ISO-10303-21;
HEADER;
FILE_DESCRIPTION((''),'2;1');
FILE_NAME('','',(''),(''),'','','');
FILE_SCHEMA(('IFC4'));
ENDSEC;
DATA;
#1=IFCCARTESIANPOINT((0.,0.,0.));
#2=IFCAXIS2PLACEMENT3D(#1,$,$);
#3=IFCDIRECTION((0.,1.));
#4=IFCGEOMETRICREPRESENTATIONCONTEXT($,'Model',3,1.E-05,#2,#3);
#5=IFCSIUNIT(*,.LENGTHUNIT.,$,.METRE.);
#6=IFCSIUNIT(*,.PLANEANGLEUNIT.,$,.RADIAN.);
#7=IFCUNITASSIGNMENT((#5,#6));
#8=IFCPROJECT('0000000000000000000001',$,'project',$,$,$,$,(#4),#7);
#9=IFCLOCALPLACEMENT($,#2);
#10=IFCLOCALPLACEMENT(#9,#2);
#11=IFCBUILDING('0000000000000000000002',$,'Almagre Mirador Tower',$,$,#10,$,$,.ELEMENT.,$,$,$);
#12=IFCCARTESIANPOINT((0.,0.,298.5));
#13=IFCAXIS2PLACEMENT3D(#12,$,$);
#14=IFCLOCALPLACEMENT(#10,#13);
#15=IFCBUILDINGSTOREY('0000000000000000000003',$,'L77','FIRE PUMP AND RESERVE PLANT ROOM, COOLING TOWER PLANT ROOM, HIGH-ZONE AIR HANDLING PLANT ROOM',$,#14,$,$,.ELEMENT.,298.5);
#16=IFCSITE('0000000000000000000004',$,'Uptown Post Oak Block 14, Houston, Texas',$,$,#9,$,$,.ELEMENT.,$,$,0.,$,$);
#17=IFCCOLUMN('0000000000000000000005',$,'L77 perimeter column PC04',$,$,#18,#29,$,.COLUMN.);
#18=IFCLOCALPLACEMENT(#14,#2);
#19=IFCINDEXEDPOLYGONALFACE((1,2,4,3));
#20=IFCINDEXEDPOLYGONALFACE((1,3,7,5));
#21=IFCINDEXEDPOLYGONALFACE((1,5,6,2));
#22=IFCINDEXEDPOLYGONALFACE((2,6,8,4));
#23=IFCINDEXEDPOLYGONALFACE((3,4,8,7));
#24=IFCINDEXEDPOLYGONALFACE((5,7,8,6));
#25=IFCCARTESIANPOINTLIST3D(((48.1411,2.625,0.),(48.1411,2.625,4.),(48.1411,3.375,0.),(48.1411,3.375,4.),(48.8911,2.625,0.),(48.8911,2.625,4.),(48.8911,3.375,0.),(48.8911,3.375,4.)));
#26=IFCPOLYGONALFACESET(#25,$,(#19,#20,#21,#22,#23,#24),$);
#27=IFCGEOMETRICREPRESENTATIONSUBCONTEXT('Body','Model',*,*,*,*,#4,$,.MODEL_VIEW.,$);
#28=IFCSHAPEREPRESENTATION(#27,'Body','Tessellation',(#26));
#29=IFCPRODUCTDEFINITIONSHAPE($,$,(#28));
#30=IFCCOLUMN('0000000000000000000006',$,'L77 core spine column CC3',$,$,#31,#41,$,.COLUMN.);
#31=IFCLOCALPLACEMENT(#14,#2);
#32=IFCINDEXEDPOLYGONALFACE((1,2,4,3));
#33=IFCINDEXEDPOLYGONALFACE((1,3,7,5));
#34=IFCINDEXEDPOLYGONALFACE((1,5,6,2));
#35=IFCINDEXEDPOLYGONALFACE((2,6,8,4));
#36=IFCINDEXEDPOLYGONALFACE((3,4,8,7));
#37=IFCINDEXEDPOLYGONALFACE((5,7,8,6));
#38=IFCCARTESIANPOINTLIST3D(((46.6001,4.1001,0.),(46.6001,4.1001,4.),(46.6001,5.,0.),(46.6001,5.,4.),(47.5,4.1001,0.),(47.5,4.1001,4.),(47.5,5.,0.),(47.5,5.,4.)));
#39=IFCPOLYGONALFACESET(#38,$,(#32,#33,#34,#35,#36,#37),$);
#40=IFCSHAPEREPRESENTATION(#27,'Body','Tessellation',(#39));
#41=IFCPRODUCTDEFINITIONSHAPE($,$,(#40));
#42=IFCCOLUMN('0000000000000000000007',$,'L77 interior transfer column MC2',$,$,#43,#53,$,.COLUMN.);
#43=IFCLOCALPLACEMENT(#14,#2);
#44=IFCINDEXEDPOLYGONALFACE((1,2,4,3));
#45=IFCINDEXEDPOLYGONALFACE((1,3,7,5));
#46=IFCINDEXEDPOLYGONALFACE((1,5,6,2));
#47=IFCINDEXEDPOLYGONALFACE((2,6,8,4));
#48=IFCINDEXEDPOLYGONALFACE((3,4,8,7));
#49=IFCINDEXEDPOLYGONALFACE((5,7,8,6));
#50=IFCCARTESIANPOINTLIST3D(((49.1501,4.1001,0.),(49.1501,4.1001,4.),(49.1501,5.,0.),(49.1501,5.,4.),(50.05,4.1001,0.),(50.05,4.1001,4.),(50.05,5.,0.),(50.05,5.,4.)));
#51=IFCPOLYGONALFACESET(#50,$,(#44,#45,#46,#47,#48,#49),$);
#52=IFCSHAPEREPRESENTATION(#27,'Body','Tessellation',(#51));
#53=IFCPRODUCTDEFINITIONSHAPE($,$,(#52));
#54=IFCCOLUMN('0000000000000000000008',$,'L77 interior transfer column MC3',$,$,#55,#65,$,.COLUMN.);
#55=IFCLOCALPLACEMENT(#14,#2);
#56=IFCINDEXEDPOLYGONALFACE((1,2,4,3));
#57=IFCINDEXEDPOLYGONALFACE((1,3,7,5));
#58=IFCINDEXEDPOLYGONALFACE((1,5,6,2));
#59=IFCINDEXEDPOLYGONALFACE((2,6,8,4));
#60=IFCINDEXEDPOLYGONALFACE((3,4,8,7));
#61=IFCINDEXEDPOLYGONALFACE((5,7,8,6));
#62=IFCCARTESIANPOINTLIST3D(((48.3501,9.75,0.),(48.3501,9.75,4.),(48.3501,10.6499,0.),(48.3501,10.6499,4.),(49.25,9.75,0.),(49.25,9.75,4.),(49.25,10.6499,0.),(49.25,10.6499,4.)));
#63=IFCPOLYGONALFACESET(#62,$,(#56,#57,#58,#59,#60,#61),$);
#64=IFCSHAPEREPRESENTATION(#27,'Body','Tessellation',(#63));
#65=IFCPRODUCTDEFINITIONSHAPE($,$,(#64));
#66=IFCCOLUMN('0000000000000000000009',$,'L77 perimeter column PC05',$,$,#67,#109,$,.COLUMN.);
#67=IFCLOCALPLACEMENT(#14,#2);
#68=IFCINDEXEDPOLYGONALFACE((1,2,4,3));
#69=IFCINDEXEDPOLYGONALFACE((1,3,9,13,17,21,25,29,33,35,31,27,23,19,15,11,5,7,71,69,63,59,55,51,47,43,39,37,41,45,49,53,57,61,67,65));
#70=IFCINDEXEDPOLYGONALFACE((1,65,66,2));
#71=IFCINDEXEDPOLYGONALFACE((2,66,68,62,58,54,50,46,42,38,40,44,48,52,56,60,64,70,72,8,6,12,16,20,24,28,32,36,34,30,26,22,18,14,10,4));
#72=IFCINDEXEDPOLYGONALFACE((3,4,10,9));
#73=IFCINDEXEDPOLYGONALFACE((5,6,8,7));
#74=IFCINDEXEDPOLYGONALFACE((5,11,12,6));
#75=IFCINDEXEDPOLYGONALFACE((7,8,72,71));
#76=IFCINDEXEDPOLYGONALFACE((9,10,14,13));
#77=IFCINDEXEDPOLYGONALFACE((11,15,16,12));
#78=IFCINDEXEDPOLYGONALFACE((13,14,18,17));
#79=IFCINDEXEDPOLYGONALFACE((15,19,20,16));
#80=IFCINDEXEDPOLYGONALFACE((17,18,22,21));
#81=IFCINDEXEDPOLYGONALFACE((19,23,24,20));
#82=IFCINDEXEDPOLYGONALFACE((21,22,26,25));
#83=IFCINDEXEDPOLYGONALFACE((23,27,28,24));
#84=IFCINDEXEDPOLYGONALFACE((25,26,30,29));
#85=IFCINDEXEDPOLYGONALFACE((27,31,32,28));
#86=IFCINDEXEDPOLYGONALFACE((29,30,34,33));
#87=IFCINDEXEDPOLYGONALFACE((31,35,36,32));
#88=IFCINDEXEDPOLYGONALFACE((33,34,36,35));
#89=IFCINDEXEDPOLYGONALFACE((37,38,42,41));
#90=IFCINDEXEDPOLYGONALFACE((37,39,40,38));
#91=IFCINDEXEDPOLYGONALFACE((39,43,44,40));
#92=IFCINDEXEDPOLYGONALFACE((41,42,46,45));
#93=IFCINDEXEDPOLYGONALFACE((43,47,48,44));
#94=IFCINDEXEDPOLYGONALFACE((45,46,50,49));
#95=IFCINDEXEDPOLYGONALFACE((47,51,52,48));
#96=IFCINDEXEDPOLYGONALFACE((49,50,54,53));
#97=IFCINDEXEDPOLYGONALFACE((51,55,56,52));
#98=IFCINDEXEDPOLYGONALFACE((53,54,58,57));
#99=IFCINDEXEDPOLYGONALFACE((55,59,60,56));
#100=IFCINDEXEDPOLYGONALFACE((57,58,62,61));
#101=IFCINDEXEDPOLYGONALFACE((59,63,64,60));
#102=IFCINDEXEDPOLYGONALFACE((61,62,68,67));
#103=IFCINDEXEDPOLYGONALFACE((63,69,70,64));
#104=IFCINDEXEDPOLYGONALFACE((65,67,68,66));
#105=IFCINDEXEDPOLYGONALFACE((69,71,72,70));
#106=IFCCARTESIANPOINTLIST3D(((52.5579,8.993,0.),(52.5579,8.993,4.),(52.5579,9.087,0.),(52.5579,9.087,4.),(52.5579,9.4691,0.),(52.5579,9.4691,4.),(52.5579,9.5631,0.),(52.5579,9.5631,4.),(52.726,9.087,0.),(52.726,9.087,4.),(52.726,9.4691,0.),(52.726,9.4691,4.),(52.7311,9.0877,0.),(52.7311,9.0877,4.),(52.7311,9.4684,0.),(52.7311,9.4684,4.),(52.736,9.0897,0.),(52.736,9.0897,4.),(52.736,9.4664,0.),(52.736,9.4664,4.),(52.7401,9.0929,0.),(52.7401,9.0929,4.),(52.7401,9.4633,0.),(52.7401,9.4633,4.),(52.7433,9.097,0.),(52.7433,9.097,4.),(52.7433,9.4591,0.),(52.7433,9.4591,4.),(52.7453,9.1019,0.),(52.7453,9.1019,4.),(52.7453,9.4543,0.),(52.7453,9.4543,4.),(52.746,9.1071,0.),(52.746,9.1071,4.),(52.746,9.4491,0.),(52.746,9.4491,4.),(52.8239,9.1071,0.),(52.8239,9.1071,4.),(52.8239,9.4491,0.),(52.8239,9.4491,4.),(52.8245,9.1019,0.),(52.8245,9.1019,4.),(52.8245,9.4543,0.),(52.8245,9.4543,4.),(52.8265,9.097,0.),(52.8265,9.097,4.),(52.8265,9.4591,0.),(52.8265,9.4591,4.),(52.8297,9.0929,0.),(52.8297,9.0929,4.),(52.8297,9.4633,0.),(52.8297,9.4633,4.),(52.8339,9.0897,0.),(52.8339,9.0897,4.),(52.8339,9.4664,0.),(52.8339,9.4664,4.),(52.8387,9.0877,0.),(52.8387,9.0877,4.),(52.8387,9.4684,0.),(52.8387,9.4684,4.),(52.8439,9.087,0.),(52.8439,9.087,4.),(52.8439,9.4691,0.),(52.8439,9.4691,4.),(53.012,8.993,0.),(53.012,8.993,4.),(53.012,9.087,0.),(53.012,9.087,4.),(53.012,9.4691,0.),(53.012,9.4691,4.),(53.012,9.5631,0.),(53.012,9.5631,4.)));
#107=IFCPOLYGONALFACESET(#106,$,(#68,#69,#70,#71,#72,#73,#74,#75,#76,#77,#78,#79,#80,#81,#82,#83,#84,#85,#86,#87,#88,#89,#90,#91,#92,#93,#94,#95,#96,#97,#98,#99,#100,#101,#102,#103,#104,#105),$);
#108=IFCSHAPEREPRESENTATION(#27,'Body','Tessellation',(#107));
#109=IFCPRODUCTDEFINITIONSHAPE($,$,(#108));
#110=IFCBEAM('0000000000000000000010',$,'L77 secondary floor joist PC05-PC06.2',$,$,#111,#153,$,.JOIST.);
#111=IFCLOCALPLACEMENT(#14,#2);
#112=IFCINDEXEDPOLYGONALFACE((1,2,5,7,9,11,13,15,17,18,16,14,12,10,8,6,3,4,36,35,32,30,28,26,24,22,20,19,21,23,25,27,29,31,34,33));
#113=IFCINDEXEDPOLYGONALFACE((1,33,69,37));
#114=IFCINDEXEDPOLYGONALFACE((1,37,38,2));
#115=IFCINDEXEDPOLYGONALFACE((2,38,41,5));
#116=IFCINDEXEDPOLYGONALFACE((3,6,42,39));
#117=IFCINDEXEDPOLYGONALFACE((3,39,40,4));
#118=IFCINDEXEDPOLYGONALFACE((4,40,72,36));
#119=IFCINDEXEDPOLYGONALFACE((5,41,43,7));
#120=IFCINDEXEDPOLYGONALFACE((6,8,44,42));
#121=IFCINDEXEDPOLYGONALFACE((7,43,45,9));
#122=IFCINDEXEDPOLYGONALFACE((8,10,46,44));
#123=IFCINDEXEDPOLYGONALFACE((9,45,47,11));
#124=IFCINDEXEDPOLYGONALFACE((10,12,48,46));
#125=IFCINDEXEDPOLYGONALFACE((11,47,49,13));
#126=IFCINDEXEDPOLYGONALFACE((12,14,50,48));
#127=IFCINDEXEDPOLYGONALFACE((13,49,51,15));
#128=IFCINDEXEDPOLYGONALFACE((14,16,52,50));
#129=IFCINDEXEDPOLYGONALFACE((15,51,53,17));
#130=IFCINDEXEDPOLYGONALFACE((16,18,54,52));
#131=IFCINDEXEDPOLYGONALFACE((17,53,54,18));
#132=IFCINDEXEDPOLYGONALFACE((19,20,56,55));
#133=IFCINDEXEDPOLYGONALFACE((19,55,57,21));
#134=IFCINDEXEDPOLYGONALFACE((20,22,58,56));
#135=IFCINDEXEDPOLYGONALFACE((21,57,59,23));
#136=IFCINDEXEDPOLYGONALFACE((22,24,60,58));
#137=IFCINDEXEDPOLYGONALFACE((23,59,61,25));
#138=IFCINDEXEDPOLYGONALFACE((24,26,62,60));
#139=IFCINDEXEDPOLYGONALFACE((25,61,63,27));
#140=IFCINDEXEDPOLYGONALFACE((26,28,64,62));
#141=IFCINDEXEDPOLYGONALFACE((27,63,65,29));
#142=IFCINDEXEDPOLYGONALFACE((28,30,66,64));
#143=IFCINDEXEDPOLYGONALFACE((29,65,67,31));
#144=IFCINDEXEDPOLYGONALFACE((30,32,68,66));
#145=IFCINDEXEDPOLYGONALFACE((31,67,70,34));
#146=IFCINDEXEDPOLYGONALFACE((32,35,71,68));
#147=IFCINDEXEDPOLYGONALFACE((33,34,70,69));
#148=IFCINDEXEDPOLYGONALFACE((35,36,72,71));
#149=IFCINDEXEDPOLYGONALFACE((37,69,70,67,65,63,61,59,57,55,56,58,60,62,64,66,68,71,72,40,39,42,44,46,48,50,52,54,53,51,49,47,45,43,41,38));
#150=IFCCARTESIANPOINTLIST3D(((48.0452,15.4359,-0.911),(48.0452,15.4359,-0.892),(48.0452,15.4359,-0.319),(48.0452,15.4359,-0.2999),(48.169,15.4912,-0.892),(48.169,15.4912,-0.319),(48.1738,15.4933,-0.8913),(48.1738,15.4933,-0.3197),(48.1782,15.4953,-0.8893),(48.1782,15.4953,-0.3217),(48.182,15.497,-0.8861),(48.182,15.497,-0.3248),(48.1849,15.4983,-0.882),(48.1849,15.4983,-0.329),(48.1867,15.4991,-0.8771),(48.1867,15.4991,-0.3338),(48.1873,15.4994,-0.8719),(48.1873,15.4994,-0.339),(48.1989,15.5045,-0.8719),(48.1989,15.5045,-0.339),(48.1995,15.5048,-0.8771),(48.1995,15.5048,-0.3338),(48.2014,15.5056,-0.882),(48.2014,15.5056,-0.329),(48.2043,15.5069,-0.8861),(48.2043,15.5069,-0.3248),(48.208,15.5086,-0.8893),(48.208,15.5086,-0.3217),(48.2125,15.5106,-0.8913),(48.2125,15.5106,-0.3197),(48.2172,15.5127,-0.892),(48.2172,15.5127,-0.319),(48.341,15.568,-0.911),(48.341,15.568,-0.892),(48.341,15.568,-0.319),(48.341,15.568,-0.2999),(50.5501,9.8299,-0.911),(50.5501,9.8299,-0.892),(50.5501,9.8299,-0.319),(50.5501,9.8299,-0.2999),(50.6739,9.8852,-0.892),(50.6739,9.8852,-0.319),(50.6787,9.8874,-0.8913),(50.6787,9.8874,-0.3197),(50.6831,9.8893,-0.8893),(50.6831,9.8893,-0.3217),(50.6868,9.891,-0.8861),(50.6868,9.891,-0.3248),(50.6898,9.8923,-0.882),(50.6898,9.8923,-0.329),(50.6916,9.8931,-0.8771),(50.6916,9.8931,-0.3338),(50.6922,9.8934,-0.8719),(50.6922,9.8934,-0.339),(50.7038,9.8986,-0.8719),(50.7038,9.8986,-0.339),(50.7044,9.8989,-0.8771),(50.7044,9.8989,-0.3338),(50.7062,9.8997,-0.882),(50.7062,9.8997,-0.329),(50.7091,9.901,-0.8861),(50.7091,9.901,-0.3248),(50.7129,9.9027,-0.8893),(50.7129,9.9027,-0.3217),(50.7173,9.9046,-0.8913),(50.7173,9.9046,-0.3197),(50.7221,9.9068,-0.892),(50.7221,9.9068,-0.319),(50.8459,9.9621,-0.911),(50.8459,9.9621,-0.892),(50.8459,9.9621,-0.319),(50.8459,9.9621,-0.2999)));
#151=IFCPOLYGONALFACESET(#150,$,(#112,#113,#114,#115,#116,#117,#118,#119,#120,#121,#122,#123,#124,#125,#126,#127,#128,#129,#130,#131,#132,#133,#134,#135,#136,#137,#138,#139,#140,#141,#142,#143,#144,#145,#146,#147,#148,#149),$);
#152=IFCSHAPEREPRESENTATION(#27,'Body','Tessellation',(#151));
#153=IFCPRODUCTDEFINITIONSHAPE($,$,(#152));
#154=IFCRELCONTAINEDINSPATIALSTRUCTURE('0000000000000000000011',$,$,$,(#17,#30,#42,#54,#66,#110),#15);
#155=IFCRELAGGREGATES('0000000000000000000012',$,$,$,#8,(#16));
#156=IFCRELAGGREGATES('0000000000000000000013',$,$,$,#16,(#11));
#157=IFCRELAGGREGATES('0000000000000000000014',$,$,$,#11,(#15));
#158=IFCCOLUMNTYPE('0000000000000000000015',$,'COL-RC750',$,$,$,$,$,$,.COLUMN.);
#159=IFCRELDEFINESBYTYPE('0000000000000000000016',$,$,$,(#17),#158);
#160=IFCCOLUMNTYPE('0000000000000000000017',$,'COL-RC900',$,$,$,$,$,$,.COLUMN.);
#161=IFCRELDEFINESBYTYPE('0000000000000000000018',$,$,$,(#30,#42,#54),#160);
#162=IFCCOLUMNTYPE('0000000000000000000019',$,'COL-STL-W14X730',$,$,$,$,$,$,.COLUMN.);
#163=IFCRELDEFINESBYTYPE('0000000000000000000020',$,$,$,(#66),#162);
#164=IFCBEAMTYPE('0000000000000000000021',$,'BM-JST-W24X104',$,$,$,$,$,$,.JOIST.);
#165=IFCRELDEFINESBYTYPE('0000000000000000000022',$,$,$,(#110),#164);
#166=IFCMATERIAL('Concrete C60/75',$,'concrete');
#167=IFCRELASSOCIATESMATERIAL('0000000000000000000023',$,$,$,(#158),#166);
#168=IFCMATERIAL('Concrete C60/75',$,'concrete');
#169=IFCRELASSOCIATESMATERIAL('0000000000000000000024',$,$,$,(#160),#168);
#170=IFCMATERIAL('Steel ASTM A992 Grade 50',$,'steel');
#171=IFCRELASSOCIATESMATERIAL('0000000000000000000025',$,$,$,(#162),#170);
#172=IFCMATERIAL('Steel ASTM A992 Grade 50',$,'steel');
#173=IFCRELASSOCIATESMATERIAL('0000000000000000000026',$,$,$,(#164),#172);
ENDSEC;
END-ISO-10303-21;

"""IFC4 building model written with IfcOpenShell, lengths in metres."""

from ifc_helpers import new_model, si_unit, direction, frame, origin, origin_2d, place, context, subcontext, project, spatial, rectangle, i_section, extrude, material, material_profile, profile_set, type_object, element, save


model = new_model("IFC4")

# Units and contexts
model_context = context("Model", 3, precision=1e-05, world=origin(), true_north=direction((0.0, 1.0)))
body_context = subcontext(model_context, "Body", "Model", "MODEL_VIEW")
ifc_project = project(units=[si_unit("LENGTHUNIT", "METRE"), si_unit("PLANEANGLEUNIT", "RADIAN")], contexts=[model_context])

# Site, building, storey
site_placement = place(None, origin())
site = spatial("IfcSite", under=ifc_project, at=site_placement, Name="Uptown Post Oak Block 14, Houston, Texas", CompositionType="ELEMENT", RefElevation=0.0)
building_placement = place(site_placement, origin())
building = spatial("IfcBuilding", under=site, at=building_placement, Name="Almagre Mirador Tower", CompositionType="ELEMENT")
storey_placement = place(building_placement, frame((0.0, 0.0, 298.5)))
storey = spatial("IfcBuildingStorey", under=building, at=storey_placement, Name="L77", Description="FIRE PUMP AND RESERVE PLANT ROOM, COOLING TOWER PLANT ROOM, HIGH-ZONE AIR HANDLING PLANT ROOM", CompositionType="ELEMENT", Elevation=298.5)

# Columns
ifc_material_1 = material(Name="Concrete C60/75", Category="concrete")
ifc_material_profile_1 = material_profile(ifc_material_1, rectangle(XDim=0.75, YDim=0.75, at=origin_2d()), Name="RC750X750")
ifc_profile_set_1 = profile_set([ifc_material_profile_1], Name="Concrete C60/75")
column_type_1 = type_object("IfcColumnType", Name="COL-RC750", PredefinedType="COLUMN", material=ifc_profile_set_1)
column_1_placement = place(storey_placement, frame((48.5161, 3.0, 0.0), z_axis=(0.0, 0.0, 1.0), x_axis=(1.0, 0.0, 0.0)))
element("IfcColumn", 1, at=column_1_placement, inside=storey, type_object=column_type_1, Name="L77 perimeter column PC04", PredefinedType="COLUMN", context=body_context, shape_type="SweptSolid", body=[
    extrude(rectangle(XDim=0.75, YDim=0.75, at=origin_2d()), origin(), (0.0, 0.0, 1.0), 4.0),
])
ifc_material_2 = material(Name="Concrete C60/75", Category="concrete")
ifc_material_profile_2 = material_profile(ifc_material_2, rectangle(XDim=0.8999, YDim=0.8999, at=origin_2d()), Name="RC900X900")
ifc_profile_set_2 = profile_set([ifc_material_profile_2], Name="Concrete C60/75")
column_type_2 = type_object("IfcColumnType", Name="COL-RC900", PredefinedType="COLUMN", material=ifc_profile_set_2)
for number, where, z_axis, x_axis, name in (
    (2, (47.05, 4.55, 0.0), (0.0, 0.0, 1.0), (1.0, 0.0, 0.0), "L77 core spine column CC3"),
    (3, (49.6001, 4.55, 0.0), (0.0, 0.0, 1.0), (1.0, 0.0, 0.0), "L77 interior transfer column MC2"),
    (4, (48.8, 10.2, 0.0), (0.0, 0.0, 1.0), (1.0, 0.0, 0.0), "L77 interior transfer column MC3"),
):
    element("IfcColumn", number, at=place(storey_placement, frame(where, z_axis=z_axis, x_axis=x_axis)), inside=storey, type_object=column_type_2, Name=name, PredefinedType="COLUMN", context=body_context, shape_type="SweptSolid", body=[
        extrude(rectangle(XDim=0.8999, YDim=0.8999, at=origin_2d()), origin(), (0.0, 0.0, 1.0), 4.0),
    ])
ifc_material_3 = material(Name="Steel ASTM A992 Grade 50", Category="steel")
ifc_material_profile_3 = material_profile(ifc_material_3, i_section(OverallWidth=0.4541, OverallDepth=0.5701, WebThickness=0.0779, FlangeThickness=0.094, FilletRadius=0.02, at=origin_2d()), Name="W14X730")
ifc_profile_set_3 = profile_set([ifc_material_profile_3], Name="Steel ASTM A992 Grade 50")
column_type_3 = type_object("IfcColumnType", Name="COL-STL-W14X730", PredefinedType="COLUMN", material=ifc_profile_set_3)
column_2_placement = place(storey_placement, frame((52.7849, 9.2781, 0.0), z_axis=(0.0, 0.0, 1.0), x_axis=(1.0, 0.0, 0.0)))
element("IfcColumn", 5, at=column_2_placement, inside=storey, type_object=column_type_3, Name="L77 perimeter column PC05", PredefinedType="COLUMN", context=body_context, shape_type="SweptSolid", body=[
    extrude(i_section(OverallWidth=0.4541, OverallDepth=0.5701, WebThickness=0.0779, FlangeThickness=0.094, FilletRadius=0.02, at=origin_2d()), origin(), (0.0, 0.0, 1.0), 4.0),
])

# Beam
ifc_material_4 = material(Name="Steel ASTM A992 Grade 50", Category="steel")
ifc_material_profile_4 = material_profile(ifc_material_4, i_section(OverallWidth=0.324, OverallDepth=0.6111, WebThickness=0.0127, FlangeThickness=0.019, FilletRadius=0.02, at=origin_2d()), Name="W24X104")
ifc_profile_set_4 = profile_set([ifc_material_profile_4], Name="Steel ASTM A992 Grade 50")
beam_type_1 = type_object("IfcBeamType", Name="BM-JST-W24X104", PredefinedType="JOIST", material=ifc_profile_set_4)
beam_1_placement = place(storey_placement, frame((50.698, 9.896, -0.6055), z_axis=(-0.407953, 0.913003, 0.0), x_axis=(-0.913003, -0.407953, 0.0)))
element("IfcBeam", 6, at=beam_1_placement, inside=storey, type_object=beam_type_1, Name="L77 secondary floor joist PC05-PC06.2", PredefinedType="JOIST", context=body_context, shape_type="SweptSolid", body=[
    extrude(i_section(OverallWidth=0.324, OverallDepth=0.6111, WebThickness=0.0127, FlangeThickness=0.019, FilletRadius=0.02, at=origin_2d()), origin(), (0.0, 0.0, 1.0), 6.1401),
])

save(model, "model.ifc")
